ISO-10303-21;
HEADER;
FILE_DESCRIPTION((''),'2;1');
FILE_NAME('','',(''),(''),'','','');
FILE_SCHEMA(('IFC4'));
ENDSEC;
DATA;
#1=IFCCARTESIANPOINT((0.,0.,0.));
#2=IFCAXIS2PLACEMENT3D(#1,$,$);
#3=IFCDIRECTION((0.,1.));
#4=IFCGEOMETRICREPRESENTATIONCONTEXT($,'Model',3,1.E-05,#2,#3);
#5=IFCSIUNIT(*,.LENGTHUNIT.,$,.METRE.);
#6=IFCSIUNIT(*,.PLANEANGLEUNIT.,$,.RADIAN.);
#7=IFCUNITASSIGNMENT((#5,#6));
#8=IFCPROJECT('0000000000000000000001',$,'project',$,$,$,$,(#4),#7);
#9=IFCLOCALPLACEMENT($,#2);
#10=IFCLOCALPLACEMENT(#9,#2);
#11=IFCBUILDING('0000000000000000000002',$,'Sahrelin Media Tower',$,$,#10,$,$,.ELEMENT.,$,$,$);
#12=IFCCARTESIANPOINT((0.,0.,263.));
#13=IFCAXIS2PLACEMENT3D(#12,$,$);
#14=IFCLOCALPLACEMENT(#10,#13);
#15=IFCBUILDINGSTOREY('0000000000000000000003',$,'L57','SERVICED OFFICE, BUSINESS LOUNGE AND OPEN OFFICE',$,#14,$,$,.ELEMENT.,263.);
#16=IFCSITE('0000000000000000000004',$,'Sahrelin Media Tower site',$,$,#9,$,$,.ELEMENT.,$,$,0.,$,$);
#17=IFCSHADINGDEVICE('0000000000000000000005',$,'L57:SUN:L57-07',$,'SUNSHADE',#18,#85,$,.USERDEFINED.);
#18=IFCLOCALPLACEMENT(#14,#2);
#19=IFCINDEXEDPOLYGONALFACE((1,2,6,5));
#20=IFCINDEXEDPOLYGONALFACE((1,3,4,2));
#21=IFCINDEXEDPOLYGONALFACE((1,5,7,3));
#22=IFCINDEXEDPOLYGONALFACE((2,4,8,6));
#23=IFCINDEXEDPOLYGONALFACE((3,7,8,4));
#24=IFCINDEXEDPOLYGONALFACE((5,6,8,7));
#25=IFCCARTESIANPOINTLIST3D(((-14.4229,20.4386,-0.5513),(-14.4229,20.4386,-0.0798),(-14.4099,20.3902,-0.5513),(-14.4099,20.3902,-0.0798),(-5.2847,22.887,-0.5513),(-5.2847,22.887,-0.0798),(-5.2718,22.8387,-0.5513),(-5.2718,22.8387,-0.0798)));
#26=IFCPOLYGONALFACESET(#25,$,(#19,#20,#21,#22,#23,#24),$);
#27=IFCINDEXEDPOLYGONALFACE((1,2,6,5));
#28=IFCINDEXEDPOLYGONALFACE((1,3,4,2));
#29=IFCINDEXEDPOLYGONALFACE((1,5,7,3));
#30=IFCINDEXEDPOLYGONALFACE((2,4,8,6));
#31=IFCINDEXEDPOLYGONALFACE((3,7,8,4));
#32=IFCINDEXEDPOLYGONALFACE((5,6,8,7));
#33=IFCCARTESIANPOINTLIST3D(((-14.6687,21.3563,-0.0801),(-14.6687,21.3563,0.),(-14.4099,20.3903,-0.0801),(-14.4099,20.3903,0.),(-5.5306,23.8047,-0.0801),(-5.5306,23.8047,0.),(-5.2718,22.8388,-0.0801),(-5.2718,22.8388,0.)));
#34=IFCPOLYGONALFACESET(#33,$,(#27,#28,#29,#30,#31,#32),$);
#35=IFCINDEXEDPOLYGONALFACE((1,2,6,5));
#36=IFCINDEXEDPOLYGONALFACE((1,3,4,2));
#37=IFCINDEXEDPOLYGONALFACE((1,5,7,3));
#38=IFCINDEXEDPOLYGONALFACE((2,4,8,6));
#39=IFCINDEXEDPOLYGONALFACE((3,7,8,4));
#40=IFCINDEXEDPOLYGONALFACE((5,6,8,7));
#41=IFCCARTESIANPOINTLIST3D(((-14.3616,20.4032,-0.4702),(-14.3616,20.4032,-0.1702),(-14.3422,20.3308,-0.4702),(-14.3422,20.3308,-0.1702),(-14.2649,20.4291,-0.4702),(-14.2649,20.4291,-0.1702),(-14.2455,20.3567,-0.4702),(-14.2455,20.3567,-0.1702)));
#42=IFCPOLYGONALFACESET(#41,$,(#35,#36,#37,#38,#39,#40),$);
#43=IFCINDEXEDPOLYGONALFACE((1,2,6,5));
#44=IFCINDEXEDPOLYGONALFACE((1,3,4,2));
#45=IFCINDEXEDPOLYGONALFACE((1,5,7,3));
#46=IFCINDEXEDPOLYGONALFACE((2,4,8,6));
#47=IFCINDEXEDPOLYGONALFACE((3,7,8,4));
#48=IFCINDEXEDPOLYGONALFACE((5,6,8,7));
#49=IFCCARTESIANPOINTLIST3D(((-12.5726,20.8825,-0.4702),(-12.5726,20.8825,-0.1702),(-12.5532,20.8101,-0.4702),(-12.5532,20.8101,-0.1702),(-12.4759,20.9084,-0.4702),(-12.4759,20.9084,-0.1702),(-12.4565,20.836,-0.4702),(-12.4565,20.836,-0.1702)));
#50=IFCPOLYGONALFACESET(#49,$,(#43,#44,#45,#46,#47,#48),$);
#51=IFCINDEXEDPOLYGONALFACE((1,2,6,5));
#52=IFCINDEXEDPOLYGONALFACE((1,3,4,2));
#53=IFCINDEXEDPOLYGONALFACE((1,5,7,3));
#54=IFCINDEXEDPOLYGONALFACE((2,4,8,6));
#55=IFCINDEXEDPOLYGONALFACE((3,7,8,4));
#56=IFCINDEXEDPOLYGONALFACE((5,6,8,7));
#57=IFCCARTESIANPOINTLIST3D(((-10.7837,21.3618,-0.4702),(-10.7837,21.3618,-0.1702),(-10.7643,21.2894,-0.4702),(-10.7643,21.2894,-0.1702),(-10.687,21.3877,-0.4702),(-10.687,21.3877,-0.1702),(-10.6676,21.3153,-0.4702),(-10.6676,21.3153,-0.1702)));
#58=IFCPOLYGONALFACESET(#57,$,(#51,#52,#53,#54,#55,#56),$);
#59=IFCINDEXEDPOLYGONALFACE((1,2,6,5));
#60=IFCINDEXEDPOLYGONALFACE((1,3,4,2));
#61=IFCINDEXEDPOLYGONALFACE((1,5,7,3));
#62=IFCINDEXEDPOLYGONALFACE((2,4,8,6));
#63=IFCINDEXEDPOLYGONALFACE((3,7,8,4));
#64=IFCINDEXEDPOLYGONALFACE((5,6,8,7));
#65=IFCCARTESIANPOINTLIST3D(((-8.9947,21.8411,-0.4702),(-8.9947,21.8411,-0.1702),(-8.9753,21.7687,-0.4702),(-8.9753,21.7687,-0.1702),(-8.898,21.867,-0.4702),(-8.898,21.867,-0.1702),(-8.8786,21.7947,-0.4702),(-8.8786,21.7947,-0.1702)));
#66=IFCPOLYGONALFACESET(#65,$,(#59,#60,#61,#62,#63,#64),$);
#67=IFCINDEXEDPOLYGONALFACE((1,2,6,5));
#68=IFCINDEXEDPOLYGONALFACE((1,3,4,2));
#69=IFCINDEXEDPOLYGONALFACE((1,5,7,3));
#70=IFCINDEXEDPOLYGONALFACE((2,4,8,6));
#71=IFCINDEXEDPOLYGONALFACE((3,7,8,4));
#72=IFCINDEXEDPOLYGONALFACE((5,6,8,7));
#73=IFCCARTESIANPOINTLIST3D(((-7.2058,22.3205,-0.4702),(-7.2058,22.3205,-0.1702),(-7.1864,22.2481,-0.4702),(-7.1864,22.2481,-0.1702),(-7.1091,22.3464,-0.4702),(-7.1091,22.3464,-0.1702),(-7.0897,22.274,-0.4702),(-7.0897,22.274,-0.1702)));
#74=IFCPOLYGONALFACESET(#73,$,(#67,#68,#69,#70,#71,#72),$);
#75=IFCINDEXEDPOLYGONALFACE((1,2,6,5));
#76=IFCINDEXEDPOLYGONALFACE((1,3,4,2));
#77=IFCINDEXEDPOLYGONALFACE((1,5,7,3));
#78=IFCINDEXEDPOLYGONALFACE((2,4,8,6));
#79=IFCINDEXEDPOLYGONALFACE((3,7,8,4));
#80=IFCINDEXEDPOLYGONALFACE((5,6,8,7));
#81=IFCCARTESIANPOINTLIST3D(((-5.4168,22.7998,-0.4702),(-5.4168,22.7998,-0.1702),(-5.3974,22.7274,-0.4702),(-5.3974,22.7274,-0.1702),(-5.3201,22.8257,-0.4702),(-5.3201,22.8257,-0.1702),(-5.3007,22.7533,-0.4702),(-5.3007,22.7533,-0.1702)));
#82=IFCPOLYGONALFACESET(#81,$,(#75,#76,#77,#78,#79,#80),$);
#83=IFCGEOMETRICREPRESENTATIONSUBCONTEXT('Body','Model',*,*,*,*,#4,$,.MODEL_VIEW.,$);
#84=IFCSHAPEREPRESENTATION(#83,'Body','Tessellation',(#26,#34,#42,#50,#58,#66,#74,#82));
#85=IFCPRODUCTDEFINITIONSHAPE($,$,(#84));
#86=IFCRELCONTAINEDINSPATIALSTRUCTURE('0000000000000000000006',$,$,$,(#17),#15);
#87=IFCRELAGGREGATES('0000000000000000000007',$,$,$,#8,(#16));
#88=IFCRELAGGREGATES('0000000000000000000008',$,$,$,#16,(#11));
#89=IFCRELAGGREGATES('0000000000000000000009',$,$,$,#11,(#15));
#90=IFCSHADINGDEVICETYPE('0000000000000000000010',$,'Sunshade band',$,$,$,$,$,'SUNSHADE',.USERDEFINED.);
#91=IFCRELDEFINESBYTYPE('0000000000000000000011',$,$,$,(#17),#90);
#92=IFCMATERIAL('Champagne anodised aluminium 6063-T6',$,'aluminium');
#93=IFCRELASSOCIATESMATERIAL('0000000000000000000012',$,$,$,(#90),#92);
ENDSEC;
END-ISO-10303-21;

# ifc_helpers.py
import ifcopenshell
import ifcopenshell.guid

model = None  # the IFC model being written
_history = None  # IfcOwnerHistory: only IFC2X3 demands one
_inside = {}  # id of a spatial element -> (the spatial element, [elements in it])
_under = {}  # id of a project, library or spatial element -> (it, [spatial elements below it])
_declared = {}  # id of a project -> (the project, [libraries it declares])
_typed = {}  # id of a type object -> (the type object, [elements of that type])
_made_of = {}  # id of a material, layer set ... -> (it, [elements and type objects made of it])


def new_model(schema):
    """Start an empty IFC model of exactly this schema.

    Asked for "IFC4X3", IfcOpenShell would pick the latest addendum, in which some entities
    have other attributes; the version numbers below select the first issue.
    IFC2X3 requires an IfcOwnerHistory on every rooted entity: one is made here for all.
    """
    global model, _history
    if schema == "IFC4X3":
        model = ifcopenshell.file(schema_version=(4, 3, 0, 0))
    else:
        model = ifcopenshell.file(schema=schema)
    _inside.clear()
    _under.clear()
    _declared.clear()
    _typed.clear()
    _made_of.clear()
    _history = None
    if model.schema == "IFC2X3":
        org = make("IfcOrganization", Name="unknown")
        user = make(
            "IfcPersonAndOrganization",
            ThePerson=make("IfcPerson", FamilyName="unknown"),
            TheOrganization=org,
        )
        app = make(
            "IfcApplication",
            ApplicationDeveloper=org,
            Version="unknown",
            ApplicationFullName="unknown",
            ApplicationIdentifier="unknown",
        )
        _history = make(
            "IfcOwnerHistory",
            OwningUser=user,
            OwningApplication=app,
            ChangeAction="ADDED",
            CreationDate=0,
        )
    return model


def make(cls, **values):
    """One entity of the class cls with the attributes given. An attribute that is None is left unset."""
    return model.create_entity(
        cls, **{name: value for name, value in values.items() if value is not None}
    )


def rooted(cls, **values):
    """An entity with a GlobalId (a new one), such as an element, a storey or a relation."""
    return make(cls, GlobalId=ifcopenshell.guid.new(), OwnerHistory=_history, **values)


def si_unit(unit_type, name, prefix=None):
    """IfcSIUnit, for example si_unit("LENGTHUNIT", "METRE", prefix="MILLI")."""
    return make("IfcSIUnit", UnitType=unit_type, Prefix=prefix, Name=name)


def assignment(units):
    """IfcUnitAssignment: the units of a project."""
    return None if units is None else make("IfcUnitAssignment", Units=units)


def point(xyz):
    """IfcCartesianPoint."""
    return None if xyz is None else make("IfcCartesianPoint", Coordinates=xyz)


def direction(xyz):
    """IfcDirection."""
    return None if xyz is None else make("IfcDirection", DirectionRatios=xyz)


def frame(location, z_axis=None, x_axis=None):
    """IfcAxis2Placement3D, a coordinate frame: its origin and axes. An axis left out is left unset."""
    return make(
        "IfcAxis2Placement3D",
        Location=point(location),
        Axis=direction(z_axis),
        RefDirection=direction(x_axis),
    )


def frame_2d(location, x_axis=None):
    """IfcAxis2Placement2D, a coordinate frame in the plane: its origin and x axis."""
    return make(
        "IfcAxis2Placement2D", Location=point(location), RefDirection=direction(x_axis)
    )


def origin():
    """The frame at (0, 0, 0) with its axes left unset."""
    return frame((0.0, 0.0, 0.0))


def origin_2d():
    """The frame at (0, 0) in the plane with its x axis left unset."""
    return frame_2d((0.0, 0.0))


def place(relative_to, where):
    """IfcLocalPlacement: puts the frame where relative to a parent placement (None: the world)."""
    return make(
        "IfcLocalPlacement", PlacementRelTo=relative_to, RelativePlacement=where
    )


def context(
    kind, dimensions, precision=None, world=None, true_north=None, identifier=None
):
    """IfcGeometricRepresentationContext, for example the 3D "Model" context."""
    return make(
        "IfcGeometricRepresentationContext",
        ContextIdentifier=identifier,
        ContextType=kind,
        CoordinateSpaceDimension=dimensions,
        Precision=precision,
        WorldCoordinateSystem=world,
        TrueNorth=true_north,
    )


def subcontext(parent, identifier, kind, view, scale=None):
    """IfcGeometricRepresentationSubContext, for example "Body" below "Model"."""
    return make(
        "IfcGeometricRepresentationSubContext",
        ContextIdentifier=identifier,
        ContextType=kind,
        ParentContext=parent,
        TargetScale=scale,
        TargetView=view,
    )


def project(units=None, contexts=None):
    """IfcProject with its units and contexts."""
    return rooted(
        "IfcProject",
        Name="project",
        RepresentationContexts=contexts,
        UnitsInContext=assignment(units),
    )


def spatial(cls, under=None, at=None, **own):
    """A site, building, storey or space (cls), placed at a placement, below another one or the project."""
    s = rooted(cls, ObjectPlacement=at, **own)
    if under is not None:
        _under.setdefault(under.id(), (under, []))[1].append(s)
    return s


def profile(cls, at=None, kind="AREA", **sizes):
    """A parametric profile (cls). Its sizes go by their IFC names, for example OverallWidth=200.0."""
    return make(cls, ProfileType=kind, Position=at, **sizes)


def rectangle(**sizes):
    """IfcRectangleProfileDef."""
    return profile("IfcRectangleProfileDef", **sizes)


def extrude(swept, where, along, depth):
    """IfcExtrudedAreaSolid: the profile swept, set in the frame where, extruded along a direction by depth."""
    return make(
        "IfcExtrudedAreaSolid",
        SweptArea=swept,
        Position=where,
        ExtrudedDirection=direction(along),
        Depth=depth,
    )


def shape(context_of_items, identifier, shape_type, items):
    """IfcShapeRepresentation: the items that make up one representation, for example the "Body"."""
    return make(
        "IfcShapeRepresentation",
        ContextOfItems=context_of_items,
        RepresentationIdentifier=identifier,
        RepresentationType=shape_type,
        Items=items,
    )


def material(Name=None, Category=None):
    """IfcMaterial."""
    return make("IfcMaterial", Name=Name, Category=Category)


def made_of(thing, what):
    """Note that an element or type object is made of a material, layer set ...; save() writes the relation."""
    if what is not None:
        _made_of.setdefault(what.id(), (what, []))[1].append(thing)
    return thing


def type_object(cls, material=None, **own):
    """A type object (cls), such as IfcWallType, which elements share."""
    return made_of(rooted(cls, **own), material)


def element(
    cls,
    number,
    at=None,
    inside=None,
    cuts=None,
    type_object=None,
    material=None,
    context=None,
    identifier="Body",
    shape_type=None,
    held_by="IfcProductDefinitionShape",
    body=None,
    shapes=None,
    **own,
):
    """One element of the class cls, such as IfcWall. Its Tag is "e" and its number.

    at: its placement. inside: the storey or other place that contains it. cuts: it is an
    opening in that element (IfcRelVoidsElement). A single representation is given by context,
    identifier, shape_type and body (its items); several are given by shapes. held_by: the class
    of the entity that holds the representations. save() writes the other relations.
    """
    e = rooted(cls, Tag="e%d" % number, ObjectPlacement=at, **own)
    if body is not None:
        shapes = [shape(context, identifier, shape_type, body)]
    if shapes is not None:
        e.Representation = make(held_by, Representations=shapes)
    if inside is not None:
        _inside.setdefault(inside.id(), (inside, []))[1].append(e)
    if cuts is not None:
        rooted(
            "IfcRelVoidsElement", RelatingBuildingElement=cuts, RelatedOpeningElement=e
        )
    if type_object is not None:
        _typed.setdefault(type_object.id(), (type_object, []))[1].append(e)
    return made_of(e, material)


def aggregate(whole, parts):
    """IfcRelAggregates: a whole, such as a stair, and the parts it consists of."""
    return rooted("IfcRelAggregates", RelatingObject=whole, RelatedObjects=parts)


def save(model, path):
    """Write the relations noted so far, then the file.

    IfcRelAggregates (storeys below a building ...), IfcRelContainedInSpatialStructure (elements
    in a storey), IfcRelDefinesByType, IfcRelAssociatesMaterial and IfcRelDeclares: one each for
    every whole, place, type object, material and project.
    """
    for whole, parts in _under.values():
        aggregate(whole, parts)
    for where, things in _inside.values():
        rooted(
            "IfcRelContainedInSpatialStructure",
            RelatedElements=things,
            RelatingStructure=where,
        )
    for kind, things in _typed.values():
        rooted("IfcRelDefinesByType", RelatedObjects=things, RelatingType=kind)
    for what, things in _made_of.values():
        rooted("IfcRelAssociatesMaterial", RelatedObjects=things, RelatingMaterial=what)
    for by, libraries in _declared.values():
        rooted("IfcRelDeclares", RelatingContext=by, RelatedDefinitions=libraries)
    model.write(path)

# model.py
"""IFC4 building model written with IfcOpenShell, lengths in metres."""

from ifc_helpers import new_model, si_unit, direction, frame, origin, origin_2d, place, context, subcontext, project, spatial, rectangle, extrude, material, type_object, element, save


model = new_model("IFC4")

# Units and contexts
model_context = context("Model", 3, precision=1e-05, world=origin(), true_north=direction((0.0, 1.0)))
body_context = subcontext(model_context, "Body", "Model", "MODEL_VIEW")
ifc_project = project(units=[si_unit("LENGTHUNIT", "METRE"), si_unit("PLANEANGLEUNIT", "RADIAN")], contexts=[model_context])

# Site, building, storey
site_placement = place(None, origin())
site = spatial("IfcSite", under=ifc_project, at=site_placement, Name="Sahrelin Media Tower site", CompositionType="ELEMENT", RefElevation=0.0)
building_placement = place(site_placement, origin())
building = spatial("IfcBuilding", under=site, at=building_placement, Name="Sahrelin Media Tower", CompositionType="ELEMENT")
storey_placement = place(building_placement, frame((0.0, 0.0, 263.0)))
storey = spatial("IfcBuildingStorey", under=building, at=storey_placement, Name="L57", Description="SERVICED OFFICE, BUSINESS LOUNGE AND OPEN OFFICE", CompositionType="ELEMENT", Elevation=263.0)

# Shared definitions
ifc_material_1 = material(Name="Champagne anodised aluminium 6063-T6", Category="aluminium")

# Shading device
placement = place(storey_placement, frame((-9.8357, 21.5952, 0.0), z_axis=(0.0, 0.0, 1.0), x_axis=(0.965929, 0.258808, 0.0)))
shading_device_type_1 = type_object("IfcShadingDeviceType", Name="Sunshade band", ElementType="SUNSHADE", PredefinedType="USERDEFINED", material=ifc_material_1)
element("IfcShadingDevice", 1, at=placement, inside=storey, type_object=shading_device_type_1, Name="L57:SUN:L57-07", ObjectType="SUNSHADE", PredefinedType="USERDEFINED", context=body_context, shape_type="SweptSolid", body=[
    extrude(rectangle(XDim=9.4604, YDim=0.05, at=origin_2d()), frame((0.0, 0.0449, -0.5513)), (0.0, 0.0, 1.0), 0.4714),
    extrude(rectangle(XDim=9.4604, YDim=1.0, at=origin_2d()), frame((0.0, 0.52, -0.0801)), (0.0, 0.0, 1.0), 0.0801),
    extrude(rectangle(XDim=0.1001, YDim=0.075, at=origin_2d()), frame((-4.6301, -0.0176, -0.4702)), (0.0, 0.0, 1.0), 0.3),
    extrude(rectangle(XDim=0.1001, YDim=0.075, at=origin_2d()), frame((-2.7781, -0.0176, -0.4702)), (0.0, 0.0, 1.0), 0.3),
    extrude(rectangle(XDim=0.1001, YDim=0.075, at=origin_2d()), frame((-0.926, -0.0176, -0.4702)), (0.0, 0.0, 1.0), 0.3),
    extrude(rectangle(XDim=0.1001, YDim=0.075, at=origin_2d()), frame((0.926, -0.0176, -0.4702)), (0.0, 0.0, 1.0), 0.3),
    extrude(rectangle(XDim=0.1001, YDim=0.075, at=origin_2d()), frame((2.7781, -0.0176, -0.4702)), (0.0, 0.0, 1.0), 0.3),
    extrude(rectangle(XDim=0.1001, YDim=0.075, at=origin_2d()), frame((4.6301, -0.0176, -0.4702)), (0.0, 0.0, 1.0), 0.3),
])

save(model, "model.ifc")
